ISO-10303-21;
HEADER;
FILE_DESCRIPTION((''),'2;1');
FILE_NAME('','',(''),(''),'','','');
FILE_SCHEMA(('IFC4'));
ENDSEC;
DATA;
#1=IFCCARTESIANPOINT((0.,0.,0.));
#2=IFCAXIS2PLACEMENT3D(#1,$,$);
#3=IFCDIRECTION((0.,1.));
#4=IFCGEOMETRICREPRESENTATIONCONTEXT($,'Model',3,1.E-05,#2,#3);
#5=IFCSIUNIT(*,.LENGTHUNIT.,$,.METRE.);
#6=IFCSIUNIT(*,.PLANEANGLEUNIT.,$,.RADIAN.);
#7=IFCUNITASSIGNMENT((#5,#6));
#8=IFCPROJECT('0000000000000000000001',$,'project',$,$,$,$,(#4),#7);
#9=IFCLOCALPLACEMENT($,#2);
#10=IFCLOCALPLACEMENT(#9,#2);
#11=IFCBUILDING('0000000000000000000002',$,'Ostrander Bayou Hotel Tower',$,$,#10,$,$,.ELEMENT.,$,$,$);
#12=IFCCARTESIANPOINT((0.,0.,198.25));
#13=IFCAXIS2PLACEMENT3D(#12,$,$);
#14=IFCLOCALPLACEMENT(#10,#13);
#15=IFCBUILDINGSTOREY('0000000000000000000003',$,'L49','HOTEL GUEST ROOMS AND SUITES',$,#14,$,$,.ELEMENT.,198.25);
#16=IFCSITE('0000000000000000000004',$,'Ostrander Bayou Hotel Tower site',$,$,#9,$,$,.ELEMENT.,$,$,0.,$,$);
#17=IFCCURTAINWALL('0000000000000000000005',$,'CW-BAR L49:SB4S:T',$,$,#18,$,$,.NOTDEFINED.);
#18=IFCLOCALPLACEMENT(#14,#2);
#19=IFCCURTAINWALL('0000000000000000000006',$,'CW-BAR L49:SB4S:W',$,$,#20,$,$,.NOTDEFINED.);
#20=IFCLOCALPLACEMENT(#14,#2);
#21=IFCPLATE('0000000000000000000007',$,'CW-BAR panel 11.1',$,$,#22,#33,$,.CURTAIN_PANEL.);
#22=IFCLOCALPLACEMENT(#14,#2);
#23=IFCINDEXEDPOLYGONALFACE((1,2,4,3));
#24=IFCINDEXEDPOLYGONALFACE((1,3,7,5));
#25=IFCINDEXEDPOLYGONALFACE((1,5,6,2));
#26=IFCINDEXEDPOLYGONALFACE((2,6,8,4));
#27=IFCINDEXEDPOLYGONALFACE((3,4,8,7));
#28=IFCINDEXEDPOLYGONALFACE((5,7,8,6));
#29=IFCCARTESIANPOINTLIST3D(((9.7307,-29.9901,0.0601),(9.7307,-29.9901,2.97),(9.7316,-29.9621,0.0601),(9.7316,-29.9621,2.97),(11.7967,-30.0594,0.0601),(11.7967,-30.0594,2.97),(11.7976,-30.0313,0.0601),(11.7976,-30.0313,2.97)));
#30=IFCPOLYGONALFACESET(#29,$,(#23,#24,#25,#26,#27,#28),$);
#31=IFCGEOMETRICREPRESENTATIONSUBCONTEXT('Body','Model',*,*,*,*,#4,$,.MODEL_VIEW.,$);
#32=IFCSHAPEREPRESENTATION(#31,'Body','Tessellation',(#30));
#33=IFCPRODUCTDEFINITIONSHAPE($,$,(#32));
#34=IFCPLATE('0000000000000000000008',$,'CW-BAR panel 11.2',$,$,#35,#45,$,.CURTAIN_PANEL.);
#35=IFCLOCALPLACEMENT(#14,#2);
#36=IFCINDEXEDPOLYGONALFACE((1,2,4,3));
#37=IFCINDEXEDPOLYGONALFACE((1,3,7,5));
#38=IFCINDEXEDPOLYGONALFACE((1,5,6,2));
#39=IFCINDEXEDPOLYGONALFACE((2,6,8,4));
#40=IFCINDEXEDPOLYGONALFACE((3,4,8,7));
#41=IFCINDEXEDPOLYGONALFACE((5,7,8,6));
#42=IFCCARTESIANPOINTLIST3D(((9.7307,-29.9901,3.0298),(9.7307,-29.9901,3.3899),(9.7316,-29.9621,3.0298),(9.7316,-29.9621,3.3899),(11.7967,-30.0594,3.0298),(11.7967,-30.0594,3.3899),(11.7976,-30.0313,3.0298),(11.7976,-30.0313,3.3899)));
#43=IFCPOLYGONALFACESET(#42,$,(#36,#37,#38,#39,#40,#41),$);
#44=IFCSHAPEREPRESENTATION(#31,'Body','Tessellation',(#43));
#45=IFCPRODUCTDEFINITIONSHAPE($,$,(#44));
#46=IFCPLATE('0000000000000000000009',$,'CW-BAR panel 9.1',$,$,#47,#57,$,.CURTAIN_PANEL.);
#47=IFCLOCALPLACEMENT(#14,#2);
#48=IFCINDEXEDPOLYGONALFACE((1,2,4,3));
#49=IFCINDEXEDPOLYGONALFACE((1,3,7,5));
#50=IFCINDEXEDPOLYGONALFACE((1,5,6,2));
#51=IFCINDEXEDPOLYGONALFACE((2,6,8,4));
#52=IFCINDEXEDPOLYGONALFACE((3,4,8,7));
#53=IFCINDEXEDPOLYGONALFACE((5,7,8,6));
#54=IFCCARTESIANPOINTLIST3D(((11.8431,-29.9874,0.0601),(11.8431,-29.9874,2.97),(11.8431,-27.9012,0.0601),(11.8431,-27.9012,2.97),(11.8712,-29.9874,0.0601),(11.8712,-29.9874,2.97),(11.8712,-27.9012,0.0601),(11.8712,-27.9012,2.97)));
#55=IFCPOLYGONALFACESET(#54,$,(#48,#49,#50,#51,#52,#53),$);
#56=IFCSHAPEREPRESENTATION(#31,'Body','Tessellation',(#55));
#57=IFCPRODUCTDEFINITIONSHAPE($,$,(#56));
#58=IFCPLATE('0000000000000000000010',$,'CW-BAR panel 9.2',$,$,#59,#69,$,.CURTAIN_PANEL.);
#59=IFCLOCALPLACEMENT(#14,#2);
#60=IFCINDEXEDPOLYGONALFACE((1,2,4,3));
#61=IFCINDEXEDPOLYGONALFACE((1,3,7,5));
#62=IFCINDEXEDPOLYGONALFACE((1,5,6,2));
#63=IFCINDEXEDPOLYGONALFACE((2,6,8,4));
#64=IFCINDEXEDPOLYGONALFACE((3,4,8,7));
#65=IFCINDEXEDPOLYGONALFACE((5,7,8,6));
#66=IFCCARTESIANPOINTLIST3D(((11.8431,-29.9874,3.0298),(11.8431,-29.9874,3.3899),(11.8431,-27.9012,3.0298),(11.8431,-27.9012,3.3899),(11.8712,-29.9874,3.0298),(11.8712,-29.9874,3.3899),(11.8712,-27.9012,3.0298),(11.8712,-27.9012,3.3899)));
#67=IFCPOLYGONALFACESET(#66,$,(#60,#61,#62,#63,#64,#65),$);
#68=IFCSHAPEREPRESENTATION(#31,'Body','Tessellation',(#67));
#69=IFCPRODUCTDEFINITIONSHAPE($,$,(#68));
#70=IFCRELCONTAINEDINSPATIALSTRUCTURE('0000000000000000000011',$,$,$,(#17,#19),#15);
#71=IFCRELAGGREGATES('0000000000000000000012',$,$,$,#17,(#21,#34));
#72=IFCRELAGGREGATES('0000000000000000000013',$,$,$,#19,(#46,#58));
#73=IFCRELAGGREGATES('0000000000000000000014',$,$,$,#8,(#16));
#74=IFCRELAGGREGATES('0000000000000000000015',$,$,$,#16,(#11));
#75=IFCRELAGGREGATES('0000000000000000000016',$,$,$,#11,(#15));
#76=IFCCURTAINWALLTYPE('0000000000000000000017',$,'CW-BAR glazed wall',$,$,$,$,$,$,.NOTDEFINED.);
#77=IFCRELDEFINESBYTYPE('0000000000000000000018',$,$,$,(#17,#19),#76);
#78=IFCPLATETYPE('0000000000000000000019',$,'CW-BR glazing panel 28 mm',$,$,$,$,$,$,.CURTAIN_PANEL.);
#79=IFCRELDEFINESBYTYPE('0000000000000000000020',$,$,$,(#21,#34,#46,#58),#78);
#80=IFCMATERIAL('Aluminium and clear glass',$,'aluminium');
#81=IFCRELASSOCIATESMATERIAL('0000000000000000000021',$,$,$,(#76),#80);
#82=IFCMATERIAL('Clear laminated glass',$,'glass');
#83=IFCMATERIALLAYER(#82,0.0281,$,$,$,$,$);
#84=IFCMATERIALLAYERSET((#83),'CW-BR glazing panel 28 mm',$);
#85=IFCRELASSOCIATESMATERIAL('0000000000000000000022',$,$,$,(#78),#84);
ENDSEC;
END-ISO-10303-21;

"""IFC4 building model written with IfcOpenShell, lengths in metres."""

from ifc_helpers import new_model, si_unit, direction, frame, origin, origin_2d, place, context, subcontext, project, spatial, rectangle, extrude, material, layer, layer_set, type_object, element, aggregate, save


model = new_model("IFC4")

# Units and contexts
model_context = context("Model", 3, precision=1e-05, world=origin(), true_north=direction((0.0, 1.0)))
body_context = subcontext(model_context, "Body", "Model", "MODEL_VIEW")
ifc_project = project(units=[si_unit("LENGTHUNIT", "METRE"), si_unit("PLANEANGLEUNIT", "RADIAN")], contexts=[model_context])

# Site, building, storey
site_placement = place(None, origin())
site = spatial("IfcSite", under=ifc_project, at=site_placement, Name="Ostrander Bayou Hotel Tower site", CompositionType="ELEMENT", RefElevation=0.0)
building_placement = place(site_placement, origin())
building = spatial("IfcBuilding", under=site, at=building_placement, Name="Ostrander Bayou Hotel Tower", CompositionType="ELEMENT")
storey_placement = place(building_placement, frame((0.0, 0.0, 198.25)))
storey = spatial("IfcBuildingStorey", under=building, at=storey_placement, Name="L49", Description="HOTEL GUEST ROOMS AND SUITES", CompositionType="ELEMENT", Elevation=198.25)

# Curtain wall
ifc_material_1 = material(Name="Aluminium and clear glass", Category="aluminium")
curtain_wall_type = type_object("IfcCurtainWallType", Name="CW-BAR glazed wall", PredefinedType="NOTDEFINED", material=ifc_material_1)
curtain_wall_1_placement = place(storey_placement, origin())
curtain_wall_1 = element("IfcCurtainWall", 1, at=curtain_wall_1_placement, inside=storey, type_object=curtain_wall_type, Name="CW-BAR L49:SB4S:T", PredefinedType="NOTDEFINED")

# Curtain wall
curtain_wall_2_placement = place(storey_placement, origin())
curtain_wall_2 = element("IfcCurtainWall", 2, at=curtain_wall_2_placement, inside=storey, type_object=curtain_wall_type, Name="CW-BAR L49:SB4S:W", PredefinedType="NOTDEFINED")

# Plates
ifc_material_2 = material(Name="Clear laminated glass", Category="glass")
ifc_layer = layer(ifc_material_2, 0.0281)
ifc_layer_set = layer_set([ifc_layer], Name="CW-BR glazing panel 28 mm")
plate_type = type_object("IfcPlateType", Name="CW-BR glazing panel 28 mm", PredefinedType="CURTAIN_PANEL", material=ifc_layer_set)
plate_1_placement = place(storey_placement, frame((10.7642, -30.0107, 0.0601), z_axis=(0.0, 0.0, 1.0), x_axis=(0.999439, -0.033505, 0.0)))
plate_1 = element("IfcPlate", 3, at=plate_1_placement, type_object=plate_type, Name="CW-BAR panel 11.1", PredefinedType="CURTAIN_PANEL", context=body_context, shape_type="SweptSolid", body=[
    extrude(rectangle(XDim=2.0671, YDim=0.0281, at=origin_2d()), origin(), (0.0, 0.0, 1.0), 2.9099),
])
plate_2_placement = place(storey_placement, frame((10.7642, -30.0107, 3.0298), z_axis=(0.0, 0.0, 1.0), x_axis=(0.999439, -0.033505, 0.0)))
plate_2 = element("IfcPlate", 4, at=plate_2_placement, type_object=plate_type, Name="CW-BAR panel 11.2", PredefinedType="CURTAIN_PANEL", context=body_context, shape_type="SweptSolid", body=[
    extrude(rectangle(XDim=2.0671, YDim=0.0281, at=origin_2d()), origin(), (0.0, 0.0, 1.0), 0.3601),
])
aggregate(curtain_wall_1, [plate_1, plate_2])
plate_3_placement = place(storey_placement, frame((11.8572, -28.9443, 0.0601), z_axis=(0.0, 0.0, 1.0), x_axis=(0.0, -1.0, 0.0)))
plate_3 = element("IfcPlate", 5, at=plate_3_placement, type_object=plate_type, Name="CW-BAR panel 9.1", PredefinedType="CURTAIN_PANEL", context=body_context, shape_type="SweptSolid", body=[
    extrude(rectangle(XDim=2.0862, YDim=0.0281, at=origin_2d()), origin(), (0.0, 0.0, 1.0), 2.9099),
])
plate_4_placement = place(storey_placement, frame((11.8572, -28.9443, 3.0298), z_axis=(0.0, 0.0, 1.0), x_axis=(0.0, -1.0, 0.0)))
plate_4 = element("IfcPlate", 6, at=plate_4_placement, type_object=plate_type, Name="CW-BAR panel 9.2", PredefinedType="CURTAIN_PANEL", context=body_context, shape_type="SweptSolid", body=[
    extrude(rectangle(XDim=2.0862, YDim=0.0281, at=origin_2d()), origin(), (0.0, 0.0, 1.0), 0.3601),
])
aggregate(curtain_wall_2, [plate_3, plate_4])

save(model, "model.ifc")
